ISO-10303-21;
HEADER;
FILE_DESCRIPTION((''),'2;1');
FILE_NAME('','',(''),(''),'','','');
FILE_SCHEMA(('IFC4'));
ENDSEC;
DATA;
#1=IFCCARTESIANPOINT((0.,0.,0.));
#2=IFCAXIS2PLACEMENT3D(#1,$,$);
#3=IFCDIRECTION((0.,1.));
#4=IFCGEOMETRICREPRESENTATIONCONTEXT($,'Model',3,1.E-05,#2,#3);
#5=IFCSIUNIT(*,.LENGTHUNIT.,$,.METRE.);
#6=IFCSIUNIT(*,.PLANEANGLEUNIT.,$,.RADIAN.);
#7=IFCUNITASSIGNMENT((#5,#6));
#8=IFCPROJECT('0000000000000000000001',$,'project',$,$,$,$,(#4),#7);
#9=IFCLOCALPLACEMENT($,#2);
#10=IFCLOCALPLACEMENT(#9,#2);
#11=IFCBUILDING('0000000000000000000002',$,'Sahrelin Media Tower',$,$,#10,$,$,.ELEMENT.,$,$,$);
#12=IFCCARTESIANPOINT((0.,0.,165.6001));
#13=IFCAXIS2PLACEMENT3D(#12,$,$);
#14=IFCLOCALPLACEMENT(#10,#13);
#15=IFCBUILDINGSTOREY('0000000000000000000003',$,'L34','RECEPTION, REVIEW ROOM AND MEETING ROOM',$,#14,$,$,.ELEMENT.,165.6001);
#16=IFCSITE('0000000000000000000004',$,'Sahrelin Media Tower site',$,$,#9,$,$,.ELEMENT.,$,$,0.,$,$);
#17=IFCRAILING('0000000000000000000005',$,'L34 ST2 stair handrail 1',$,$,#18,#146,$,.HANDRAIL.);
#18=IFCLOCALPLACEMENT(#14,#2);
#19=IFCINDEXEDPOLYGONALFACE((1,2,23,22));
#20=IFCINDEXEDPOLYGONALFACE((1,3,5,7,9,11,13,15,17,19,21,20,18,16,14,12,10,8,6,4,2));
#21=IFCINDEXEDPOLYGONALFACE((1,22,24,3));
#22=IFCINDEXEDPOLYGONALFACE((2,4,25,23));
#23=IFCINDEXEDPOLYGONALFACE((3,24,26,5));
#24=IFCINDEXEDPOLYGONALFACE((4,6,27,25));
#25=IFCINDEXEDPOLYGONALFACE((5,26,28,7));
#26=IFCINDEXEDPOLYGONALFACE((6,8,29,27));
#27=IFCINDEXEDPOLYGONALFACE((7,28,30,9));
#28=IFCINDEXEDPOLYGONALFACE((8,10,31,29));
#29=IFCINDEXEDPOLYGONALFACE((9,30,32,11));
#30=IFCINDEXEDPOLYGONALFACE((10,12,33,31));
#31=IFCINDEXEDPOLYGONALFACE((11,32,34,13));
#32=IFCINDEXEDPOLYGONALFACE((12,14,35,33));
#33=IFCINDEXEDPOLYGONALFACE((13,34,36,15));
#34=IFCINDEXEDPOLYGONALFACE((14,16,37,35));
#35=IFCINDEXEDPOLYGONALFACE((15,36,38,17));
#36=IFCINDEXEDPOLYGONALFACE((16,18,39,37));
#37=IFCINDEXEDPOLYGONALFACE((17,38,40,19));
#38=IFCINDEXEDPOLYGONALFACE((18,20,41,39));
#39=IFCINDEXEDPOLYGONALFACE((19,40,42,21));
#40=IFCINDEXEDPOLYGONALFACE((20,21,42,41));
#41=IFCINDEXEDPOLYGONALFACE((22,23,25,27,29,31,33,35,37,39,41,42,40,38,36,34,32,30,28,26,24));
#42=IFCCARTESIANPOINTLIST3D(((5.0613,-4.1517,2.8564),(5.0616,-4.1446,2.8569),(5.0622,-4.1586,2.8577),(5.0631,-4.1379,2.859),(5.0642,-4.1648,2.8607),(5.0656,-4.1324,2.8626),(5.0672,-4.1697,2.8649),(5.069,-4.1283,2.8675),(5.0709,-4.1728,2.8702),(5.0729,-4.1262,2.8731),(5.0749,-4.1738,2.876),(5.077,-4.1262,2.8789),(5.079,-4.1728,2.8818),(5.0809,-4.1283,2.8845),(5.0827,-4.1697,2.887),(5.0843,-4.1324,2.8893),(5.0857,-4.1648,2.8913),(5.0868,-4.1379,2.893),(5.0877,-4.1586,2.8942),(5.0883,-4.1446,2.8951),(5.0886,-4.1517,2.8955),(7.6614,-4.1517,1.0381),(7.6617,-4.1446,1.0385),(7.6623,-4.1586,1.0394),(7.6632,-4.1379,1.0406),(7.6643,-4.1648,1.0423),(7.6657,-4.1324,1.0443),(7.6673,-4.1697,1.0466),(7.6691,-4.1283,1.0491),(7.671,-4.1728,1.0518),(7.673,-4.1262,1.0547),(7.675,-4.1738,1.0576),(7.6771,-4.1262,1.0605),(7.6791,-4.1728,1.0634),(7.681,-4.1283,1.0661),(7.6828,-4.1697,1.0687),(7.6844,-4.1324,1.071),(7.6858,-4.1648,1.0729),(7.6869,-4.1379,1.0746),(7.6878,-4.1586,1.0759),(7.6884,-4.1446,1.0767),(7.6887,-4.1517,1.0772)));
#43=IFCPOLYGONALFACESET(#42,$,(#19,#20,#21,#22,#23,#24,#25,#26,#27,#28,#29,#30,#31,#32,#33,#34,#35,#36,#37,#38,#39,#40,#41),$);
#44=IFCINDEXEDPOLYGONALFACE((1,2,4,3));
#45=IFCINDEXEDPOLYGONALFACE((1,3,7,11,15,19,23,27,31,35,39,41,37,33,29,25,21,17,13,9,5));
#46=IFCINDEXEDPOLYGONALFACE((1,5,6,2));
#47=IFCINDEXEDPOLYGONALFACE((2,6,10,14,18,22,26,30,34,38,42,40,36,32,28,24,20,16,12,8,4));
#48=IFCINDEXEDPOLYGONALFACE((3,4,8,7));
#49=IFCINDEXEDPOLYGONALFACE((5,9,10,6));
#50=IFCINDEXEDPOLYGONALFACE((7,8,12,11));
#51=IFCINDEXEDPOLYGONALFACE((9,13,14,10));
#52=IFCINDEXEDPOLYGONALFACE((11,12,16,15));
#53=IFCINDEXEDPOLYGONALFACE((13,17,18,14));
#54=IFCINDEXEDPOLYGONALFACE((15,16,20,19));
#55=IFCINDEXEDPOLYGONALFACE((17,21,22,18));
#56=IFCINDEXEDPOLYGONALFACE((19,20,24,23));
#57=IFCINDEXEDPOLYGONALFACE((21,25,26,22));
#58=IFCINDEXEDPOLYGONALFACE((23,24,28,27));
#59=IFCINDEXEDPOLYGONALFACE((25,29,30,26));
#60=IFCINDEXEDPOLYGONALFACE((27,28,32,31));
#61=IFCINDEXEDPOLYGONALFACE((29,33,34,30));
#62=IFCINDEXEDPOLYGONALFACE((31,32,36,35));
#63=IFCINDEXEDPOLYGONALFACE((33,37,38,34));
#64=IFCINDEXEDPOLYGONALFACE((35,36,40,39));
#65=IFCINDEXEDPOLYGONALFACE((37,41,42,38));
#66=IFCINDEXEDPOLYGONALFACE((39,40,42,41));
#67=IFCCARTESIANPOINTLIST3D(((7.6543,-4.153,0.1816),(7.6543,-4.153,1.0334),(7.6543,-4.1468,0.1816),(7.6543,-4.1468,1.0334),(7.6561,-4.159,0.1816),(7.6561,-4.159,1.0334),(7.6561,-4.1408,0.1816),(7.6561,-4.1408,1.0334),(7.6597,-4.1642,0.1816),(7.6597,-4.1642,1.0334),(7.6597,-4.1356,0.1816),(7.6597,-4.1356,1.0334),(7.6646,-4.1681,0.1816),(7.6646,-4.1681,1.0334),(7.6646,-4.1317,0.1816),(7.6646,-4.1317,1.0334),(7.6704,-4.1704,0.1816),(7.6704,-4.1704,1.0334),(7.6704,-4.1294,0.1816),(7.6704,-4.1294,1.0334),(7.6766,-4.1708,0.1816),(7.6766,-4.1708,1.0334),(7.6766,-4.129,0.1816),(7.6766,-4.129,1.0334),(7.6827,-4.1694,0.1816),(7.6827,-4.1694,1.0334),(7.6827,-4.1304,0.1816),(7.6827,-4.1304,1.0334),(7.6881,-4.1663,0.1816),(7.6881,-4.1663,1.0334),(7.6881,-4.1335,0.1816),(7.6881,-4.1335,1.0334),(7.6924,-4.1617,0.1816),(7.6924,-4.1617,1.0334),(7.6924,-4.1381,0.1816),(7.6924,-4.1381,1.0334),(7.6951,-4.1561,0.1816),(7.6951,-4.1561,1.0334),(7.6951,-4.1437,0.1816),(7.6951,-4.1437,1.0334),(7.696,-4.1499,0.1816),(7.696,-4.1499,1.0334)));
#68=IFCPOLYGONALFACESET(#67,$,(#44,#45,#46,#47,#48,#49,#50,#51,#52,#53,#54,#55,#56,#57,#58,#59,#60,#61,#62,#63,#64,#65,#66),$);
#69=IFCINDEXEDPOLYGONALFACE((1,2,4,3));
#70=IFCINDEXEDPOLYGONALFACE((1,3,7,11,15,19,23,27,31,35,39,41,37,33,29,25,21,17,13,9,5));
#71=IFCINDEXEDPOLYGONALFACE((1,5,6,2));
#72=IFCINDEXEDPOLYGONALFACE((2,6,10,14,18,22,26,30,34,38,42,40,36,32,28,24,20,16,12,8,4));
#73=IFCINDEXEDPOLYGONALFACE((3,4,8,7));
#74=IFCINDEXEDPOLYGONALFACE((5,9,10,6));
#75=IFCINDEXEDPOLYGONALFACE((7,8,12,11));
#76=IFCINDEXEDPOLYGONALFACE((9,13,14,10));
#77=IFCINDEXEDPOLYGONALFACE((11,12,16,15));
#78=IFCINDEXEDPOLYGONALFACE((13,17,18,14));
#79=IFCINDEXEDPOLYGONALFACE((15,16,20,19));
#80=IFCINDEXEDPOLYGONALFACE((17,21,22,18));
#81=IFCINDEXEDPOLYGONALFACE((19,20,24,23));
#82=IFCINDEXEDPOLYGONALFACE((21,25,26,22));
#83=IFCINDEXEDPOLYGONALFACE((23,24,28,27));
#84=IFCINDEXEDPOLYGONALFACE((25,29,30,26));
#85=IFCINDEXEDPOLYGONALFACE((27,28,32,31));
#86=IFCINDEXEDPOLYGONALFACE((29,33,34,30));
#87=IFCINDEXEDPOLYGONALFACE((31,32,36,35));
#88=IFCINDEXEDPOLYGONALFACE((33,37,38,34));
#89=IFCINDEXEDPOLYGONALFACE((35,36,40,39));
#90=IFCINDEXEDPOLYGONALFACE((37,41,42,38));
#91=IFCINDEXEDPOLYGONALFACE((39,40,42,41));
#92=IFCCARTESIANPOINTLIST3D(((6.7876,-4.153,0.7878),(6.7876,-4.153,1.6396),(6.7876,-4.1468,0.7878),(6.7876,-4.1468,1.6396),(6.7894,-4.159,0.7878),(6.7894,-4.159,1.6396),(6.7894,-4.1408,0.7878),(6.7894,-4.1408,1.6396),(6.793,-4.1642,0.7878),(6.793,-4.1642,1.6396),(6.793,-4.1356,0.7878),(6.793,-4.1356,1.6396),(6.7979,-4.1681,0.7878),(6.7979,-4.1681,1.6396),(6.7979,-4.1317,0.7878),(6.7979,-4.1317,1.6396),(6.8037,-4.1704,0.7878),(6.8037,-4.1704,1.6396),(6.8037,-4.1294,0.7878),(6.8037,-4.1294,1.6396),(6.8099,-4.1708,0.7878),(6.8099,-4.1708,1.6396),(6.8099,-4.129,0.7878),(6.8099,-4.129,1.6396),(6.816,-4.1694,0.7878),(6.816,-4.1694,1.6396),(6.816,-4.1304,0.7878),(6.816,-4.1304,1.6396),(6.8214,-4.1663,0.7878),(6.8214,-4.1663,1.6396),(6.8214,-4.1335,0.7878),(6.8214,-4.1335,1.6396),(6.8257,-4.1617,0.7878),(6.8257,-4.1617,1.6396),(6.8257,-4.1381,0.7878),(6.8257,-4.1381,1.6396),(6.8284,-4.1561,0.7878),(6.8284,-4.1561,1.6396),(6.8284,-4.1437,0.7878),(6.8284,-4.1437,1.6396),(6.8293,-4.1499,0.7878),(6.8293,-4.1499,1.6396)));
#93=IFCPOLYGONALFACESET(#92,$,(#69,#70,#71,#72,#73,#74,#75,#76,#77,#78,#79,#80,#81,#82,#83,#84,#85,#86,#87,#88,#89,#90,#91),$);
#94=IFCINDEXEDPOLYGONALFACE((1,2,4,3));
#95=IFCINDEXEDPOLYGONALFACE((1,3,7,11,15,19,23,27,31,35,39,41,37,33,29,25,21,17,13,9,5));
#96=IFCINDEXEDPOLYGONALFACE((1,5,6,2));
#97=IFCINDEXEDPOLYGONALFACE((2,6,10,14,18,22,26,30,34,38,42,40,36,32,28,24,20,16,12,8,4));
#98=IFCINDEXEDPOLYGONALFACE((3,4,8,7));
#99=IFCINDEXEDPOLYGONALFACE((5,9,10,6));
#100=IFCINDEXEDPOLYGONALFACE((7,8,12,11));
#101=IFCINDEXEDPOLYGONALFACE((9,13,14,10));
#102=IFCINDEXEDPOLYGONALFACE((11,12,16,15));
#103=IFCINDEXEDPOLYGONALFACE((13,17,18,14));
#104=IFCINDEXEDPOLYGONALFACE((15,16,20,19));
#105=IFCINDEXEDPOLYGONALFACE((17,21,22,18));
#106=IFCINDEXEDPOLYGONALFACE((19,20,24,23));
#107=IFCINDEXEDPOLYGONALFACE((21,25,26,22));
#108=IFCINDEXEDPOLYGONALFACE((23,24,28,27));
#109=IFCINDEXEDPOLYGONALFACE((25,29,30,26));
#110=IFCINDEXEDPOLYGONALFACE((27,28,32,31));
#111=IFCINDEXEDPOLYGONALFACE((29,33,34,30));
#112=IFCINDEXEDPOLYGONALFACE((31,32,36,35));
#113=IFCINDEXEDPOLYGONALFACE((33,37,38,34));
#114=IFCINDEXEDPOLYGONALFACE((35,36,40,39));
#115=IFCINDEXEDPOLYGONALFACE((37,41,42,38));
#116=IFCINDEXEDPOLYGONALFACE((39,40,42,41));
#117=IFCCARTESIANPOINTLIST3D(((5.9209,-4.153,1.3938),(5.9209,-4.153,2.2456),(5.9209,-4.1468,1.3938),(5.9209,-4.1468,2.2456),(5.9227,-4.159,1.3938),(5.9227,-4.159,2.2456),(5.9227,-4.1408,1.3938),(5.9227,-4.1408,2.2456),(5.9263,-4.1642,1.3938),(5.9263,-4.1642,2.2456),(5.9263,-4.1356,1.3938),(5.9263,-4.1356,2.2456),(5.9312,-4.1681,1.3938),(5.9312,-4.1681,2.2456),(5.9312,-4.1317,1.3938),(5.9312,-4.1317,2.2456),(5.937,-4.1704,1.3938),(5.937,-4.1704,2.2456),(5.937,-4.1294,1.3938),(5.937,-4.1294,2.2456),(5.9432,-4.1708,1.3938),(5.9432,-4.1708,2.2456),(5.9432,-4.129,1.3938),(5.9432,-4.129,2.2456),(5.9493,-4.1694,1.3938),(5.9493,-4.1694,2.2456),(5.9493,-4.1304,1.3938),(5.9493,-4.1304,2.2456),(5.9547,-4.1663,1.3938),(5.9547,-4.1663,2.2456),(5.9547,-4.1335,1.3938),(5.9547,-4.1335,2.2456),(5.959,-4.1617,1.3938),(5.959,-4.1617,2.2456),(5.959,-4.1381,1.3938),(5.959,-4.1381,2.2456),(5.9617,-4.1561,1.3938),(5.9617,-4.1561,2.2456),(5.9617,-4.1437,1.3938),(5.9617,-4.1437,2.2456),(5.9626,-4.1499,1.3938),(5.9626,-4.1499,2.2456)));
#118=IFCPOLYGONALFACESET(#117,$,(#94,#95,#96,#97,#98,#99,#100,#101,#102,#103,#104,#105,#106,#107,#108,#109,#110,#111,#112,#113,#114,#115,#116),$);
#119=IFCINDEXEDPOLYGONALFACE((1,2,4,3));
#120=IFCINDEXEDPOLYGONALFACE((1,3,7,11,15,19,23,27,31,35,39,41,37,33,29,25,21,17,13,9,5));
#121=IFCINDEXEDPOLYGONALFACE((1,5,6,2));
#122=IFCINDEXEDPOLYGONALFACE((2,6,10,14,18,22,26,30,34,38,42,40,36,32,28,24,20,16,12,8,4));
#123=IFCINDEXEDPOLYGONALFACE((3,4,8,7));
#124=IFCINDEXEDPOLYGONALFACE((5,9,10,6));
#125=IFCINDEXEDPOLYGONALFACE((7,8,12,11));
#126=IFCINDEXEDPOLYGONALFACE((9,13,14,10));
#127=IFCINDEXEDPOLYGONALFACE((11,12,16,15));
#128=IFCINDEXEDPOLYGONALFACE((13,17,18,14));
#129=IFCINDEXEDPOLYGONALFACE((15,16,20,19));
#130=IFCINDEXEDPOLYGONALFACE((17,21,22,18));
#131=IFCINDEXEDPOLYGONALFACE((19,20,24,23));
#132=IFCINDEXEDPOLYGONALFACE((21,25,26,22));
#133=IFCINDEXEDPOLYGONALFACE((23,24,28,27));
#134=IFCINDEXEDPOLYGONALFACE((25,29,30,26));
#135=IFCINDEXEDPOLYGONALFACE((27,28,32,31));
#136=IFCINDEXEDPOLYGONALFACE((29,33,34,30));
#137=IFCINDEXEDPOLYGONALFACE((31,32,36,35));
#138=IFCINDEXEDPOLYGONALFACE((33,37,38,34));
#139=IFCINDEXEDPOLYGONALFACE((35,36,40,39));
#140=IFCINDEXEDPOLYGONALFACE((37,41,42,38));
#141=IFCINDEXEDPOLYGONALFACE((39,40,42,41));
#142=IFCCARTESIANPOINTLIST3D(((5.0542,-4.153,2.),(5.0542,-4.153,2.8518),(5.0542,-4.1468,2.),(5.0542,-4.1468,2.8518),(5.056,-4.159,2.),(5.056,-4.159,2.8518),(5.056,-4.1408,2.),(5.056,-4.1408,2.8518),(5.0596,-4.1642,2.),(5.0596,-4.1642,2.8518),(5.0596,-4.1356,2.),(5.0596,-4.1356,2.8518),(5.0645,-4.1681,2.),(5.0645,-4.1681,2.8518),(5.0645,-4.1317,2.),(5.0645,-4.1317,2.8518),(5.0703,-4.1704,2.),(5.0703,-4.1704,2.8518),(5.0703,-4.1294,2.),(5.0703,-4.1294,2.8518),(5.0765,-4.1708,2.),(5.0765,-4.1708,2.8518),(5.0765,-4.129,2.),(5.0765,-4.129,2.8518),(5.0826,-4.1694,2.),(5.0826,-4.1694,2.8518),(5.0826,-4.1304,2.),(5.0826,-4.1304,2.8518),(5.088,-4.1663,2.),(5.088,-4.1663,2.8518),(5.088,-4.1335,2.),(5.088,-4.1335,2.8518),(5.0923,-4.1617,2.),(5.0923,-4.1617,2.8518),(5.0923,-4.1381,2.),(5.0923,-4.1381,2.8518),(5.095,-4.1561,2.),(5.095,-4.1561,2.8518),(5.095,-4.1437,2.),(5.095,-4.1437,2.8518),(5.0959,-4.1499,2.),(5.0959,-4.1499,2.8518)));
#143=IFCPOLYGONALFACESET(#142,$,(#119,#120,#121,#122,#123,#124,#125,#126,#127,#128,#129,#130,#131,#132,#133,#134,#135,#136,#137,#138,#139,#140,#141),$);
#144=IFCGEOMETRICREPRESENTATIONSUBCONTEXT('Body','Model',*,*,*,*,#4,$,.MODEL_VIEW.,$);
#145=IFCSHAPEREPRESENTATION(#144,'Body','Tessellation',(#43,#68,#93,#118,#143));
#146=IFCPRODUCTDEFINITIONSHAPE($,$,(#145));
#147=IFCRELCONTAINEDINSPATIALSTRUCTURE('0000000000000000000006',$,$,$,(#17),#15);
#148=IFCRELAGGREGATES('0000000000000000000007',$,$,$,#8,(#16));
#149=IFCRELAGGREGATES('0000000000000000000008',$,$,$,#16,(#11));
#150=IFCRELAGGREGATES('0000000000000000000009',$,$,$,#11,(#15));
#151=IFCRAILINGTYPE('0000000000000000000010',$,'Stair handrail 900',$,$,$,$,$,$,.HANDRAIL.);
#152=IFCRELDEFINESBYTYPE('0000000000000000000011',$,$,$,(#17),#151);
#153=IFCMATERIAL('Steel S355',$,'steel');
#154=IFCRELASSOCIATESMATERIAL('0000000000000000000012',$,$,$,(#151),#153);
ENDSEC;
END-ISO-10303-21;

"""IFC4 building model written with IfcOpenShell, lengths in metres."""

from ifc_helpers import new_model, si_unit, direction, frame, origin, origin_2d, place, context, subcontext, project, spatial, circle, extrude, material, type_object, element, save


model = new_model("IFC4")

# Units and contexts
model_context = context("Model", 3, precision=1e-05, world=origin(), true_north=direction((0.0, 1.0)))
body_context = subcontext(model_context, "Body", "Model", "MODEL_VIEW")
ifc_project = project(units=[si_unit("LENGTHUNIT", "METRE"), si_unit("PLANEANGLEUNIT", "RADIAN")], contexts=[model_context])

# Site, building, storey
site_placement = place(None, origin())
site = spatial("IfcSite", under=ifc_project, at=site_placement, Name="Sahrelin Media Tower site", CompositionType="ELEMENT", RefElevation=0.0)
building_placement = place(site_placement, origin())
building = spatial("IfcBuilding", under=site, at=building_placement, Name="Sahrelin Media Tower", CompositionType="ELEMENT")
storey_placement = place(building_placement, frame((0.0, 0.0, 165.6001)))
storey = spatial("IfcBuildingStorey", under=building, at=storey_placement, Name="L34", Description="RECEPTION, REVIEW ROOM AND MEETING ROOM", CompositionType="ELEMENT", Elevation=165.6001)

# Shared definitions
ifc_material_1 = material(Name="Steel S355", Category="steel")

# Railing
railing_type_1 = type_object("IfcRailingType", Name="Stair handrail 900", PredefinedType="HANDRAIL", material=ifc_material_1)
railing_1_placement = place(storey_placement, frame((7.675, -4.1499, 0.1816)))
element("IfcRailing", 1, at=railing_1_placement, inside=storey, type_object=railing_type_1, Name="L34 ST2 stair handrail 1", PredefinedType="HANDRAIL", context=body_context, shape_type="SweptSolid", body=[
    extrude(circle(Radius=0.0239, at=origin_2d()), frame((0.0, 0.0, 0.876), z_axis=(-0.819485, 0.0, 0.573101), x_axis=(0.0, -1.0, 0.0)), (0.0, 0.0, 1.0), 3.1729),
    extrude(circle(Radius=0.021, at=origin_2d()), origin(), (0.0, 0.0, 1.0), 0.8518),
    extrude(circle(Radius=0.021, at=origin_2d()), frame((-0.8667, 0.0, 0.6062)), (0.0, 0.0, 1.0), 0.8518),
    extrude(circle(Radius=0.021, at=origin_2d()), frame((-1.7334, 0.0, 1.2122)), (0.0, 0.0, 1.0), 0.8518),
    extrude(circle(Radius=0.021, at=origin_2d()), frame((-2.6001, 0.0, 1.8184)), (0.0, 0.0, 1.0), 0.8518),
])

save(model, "model.ifc")
